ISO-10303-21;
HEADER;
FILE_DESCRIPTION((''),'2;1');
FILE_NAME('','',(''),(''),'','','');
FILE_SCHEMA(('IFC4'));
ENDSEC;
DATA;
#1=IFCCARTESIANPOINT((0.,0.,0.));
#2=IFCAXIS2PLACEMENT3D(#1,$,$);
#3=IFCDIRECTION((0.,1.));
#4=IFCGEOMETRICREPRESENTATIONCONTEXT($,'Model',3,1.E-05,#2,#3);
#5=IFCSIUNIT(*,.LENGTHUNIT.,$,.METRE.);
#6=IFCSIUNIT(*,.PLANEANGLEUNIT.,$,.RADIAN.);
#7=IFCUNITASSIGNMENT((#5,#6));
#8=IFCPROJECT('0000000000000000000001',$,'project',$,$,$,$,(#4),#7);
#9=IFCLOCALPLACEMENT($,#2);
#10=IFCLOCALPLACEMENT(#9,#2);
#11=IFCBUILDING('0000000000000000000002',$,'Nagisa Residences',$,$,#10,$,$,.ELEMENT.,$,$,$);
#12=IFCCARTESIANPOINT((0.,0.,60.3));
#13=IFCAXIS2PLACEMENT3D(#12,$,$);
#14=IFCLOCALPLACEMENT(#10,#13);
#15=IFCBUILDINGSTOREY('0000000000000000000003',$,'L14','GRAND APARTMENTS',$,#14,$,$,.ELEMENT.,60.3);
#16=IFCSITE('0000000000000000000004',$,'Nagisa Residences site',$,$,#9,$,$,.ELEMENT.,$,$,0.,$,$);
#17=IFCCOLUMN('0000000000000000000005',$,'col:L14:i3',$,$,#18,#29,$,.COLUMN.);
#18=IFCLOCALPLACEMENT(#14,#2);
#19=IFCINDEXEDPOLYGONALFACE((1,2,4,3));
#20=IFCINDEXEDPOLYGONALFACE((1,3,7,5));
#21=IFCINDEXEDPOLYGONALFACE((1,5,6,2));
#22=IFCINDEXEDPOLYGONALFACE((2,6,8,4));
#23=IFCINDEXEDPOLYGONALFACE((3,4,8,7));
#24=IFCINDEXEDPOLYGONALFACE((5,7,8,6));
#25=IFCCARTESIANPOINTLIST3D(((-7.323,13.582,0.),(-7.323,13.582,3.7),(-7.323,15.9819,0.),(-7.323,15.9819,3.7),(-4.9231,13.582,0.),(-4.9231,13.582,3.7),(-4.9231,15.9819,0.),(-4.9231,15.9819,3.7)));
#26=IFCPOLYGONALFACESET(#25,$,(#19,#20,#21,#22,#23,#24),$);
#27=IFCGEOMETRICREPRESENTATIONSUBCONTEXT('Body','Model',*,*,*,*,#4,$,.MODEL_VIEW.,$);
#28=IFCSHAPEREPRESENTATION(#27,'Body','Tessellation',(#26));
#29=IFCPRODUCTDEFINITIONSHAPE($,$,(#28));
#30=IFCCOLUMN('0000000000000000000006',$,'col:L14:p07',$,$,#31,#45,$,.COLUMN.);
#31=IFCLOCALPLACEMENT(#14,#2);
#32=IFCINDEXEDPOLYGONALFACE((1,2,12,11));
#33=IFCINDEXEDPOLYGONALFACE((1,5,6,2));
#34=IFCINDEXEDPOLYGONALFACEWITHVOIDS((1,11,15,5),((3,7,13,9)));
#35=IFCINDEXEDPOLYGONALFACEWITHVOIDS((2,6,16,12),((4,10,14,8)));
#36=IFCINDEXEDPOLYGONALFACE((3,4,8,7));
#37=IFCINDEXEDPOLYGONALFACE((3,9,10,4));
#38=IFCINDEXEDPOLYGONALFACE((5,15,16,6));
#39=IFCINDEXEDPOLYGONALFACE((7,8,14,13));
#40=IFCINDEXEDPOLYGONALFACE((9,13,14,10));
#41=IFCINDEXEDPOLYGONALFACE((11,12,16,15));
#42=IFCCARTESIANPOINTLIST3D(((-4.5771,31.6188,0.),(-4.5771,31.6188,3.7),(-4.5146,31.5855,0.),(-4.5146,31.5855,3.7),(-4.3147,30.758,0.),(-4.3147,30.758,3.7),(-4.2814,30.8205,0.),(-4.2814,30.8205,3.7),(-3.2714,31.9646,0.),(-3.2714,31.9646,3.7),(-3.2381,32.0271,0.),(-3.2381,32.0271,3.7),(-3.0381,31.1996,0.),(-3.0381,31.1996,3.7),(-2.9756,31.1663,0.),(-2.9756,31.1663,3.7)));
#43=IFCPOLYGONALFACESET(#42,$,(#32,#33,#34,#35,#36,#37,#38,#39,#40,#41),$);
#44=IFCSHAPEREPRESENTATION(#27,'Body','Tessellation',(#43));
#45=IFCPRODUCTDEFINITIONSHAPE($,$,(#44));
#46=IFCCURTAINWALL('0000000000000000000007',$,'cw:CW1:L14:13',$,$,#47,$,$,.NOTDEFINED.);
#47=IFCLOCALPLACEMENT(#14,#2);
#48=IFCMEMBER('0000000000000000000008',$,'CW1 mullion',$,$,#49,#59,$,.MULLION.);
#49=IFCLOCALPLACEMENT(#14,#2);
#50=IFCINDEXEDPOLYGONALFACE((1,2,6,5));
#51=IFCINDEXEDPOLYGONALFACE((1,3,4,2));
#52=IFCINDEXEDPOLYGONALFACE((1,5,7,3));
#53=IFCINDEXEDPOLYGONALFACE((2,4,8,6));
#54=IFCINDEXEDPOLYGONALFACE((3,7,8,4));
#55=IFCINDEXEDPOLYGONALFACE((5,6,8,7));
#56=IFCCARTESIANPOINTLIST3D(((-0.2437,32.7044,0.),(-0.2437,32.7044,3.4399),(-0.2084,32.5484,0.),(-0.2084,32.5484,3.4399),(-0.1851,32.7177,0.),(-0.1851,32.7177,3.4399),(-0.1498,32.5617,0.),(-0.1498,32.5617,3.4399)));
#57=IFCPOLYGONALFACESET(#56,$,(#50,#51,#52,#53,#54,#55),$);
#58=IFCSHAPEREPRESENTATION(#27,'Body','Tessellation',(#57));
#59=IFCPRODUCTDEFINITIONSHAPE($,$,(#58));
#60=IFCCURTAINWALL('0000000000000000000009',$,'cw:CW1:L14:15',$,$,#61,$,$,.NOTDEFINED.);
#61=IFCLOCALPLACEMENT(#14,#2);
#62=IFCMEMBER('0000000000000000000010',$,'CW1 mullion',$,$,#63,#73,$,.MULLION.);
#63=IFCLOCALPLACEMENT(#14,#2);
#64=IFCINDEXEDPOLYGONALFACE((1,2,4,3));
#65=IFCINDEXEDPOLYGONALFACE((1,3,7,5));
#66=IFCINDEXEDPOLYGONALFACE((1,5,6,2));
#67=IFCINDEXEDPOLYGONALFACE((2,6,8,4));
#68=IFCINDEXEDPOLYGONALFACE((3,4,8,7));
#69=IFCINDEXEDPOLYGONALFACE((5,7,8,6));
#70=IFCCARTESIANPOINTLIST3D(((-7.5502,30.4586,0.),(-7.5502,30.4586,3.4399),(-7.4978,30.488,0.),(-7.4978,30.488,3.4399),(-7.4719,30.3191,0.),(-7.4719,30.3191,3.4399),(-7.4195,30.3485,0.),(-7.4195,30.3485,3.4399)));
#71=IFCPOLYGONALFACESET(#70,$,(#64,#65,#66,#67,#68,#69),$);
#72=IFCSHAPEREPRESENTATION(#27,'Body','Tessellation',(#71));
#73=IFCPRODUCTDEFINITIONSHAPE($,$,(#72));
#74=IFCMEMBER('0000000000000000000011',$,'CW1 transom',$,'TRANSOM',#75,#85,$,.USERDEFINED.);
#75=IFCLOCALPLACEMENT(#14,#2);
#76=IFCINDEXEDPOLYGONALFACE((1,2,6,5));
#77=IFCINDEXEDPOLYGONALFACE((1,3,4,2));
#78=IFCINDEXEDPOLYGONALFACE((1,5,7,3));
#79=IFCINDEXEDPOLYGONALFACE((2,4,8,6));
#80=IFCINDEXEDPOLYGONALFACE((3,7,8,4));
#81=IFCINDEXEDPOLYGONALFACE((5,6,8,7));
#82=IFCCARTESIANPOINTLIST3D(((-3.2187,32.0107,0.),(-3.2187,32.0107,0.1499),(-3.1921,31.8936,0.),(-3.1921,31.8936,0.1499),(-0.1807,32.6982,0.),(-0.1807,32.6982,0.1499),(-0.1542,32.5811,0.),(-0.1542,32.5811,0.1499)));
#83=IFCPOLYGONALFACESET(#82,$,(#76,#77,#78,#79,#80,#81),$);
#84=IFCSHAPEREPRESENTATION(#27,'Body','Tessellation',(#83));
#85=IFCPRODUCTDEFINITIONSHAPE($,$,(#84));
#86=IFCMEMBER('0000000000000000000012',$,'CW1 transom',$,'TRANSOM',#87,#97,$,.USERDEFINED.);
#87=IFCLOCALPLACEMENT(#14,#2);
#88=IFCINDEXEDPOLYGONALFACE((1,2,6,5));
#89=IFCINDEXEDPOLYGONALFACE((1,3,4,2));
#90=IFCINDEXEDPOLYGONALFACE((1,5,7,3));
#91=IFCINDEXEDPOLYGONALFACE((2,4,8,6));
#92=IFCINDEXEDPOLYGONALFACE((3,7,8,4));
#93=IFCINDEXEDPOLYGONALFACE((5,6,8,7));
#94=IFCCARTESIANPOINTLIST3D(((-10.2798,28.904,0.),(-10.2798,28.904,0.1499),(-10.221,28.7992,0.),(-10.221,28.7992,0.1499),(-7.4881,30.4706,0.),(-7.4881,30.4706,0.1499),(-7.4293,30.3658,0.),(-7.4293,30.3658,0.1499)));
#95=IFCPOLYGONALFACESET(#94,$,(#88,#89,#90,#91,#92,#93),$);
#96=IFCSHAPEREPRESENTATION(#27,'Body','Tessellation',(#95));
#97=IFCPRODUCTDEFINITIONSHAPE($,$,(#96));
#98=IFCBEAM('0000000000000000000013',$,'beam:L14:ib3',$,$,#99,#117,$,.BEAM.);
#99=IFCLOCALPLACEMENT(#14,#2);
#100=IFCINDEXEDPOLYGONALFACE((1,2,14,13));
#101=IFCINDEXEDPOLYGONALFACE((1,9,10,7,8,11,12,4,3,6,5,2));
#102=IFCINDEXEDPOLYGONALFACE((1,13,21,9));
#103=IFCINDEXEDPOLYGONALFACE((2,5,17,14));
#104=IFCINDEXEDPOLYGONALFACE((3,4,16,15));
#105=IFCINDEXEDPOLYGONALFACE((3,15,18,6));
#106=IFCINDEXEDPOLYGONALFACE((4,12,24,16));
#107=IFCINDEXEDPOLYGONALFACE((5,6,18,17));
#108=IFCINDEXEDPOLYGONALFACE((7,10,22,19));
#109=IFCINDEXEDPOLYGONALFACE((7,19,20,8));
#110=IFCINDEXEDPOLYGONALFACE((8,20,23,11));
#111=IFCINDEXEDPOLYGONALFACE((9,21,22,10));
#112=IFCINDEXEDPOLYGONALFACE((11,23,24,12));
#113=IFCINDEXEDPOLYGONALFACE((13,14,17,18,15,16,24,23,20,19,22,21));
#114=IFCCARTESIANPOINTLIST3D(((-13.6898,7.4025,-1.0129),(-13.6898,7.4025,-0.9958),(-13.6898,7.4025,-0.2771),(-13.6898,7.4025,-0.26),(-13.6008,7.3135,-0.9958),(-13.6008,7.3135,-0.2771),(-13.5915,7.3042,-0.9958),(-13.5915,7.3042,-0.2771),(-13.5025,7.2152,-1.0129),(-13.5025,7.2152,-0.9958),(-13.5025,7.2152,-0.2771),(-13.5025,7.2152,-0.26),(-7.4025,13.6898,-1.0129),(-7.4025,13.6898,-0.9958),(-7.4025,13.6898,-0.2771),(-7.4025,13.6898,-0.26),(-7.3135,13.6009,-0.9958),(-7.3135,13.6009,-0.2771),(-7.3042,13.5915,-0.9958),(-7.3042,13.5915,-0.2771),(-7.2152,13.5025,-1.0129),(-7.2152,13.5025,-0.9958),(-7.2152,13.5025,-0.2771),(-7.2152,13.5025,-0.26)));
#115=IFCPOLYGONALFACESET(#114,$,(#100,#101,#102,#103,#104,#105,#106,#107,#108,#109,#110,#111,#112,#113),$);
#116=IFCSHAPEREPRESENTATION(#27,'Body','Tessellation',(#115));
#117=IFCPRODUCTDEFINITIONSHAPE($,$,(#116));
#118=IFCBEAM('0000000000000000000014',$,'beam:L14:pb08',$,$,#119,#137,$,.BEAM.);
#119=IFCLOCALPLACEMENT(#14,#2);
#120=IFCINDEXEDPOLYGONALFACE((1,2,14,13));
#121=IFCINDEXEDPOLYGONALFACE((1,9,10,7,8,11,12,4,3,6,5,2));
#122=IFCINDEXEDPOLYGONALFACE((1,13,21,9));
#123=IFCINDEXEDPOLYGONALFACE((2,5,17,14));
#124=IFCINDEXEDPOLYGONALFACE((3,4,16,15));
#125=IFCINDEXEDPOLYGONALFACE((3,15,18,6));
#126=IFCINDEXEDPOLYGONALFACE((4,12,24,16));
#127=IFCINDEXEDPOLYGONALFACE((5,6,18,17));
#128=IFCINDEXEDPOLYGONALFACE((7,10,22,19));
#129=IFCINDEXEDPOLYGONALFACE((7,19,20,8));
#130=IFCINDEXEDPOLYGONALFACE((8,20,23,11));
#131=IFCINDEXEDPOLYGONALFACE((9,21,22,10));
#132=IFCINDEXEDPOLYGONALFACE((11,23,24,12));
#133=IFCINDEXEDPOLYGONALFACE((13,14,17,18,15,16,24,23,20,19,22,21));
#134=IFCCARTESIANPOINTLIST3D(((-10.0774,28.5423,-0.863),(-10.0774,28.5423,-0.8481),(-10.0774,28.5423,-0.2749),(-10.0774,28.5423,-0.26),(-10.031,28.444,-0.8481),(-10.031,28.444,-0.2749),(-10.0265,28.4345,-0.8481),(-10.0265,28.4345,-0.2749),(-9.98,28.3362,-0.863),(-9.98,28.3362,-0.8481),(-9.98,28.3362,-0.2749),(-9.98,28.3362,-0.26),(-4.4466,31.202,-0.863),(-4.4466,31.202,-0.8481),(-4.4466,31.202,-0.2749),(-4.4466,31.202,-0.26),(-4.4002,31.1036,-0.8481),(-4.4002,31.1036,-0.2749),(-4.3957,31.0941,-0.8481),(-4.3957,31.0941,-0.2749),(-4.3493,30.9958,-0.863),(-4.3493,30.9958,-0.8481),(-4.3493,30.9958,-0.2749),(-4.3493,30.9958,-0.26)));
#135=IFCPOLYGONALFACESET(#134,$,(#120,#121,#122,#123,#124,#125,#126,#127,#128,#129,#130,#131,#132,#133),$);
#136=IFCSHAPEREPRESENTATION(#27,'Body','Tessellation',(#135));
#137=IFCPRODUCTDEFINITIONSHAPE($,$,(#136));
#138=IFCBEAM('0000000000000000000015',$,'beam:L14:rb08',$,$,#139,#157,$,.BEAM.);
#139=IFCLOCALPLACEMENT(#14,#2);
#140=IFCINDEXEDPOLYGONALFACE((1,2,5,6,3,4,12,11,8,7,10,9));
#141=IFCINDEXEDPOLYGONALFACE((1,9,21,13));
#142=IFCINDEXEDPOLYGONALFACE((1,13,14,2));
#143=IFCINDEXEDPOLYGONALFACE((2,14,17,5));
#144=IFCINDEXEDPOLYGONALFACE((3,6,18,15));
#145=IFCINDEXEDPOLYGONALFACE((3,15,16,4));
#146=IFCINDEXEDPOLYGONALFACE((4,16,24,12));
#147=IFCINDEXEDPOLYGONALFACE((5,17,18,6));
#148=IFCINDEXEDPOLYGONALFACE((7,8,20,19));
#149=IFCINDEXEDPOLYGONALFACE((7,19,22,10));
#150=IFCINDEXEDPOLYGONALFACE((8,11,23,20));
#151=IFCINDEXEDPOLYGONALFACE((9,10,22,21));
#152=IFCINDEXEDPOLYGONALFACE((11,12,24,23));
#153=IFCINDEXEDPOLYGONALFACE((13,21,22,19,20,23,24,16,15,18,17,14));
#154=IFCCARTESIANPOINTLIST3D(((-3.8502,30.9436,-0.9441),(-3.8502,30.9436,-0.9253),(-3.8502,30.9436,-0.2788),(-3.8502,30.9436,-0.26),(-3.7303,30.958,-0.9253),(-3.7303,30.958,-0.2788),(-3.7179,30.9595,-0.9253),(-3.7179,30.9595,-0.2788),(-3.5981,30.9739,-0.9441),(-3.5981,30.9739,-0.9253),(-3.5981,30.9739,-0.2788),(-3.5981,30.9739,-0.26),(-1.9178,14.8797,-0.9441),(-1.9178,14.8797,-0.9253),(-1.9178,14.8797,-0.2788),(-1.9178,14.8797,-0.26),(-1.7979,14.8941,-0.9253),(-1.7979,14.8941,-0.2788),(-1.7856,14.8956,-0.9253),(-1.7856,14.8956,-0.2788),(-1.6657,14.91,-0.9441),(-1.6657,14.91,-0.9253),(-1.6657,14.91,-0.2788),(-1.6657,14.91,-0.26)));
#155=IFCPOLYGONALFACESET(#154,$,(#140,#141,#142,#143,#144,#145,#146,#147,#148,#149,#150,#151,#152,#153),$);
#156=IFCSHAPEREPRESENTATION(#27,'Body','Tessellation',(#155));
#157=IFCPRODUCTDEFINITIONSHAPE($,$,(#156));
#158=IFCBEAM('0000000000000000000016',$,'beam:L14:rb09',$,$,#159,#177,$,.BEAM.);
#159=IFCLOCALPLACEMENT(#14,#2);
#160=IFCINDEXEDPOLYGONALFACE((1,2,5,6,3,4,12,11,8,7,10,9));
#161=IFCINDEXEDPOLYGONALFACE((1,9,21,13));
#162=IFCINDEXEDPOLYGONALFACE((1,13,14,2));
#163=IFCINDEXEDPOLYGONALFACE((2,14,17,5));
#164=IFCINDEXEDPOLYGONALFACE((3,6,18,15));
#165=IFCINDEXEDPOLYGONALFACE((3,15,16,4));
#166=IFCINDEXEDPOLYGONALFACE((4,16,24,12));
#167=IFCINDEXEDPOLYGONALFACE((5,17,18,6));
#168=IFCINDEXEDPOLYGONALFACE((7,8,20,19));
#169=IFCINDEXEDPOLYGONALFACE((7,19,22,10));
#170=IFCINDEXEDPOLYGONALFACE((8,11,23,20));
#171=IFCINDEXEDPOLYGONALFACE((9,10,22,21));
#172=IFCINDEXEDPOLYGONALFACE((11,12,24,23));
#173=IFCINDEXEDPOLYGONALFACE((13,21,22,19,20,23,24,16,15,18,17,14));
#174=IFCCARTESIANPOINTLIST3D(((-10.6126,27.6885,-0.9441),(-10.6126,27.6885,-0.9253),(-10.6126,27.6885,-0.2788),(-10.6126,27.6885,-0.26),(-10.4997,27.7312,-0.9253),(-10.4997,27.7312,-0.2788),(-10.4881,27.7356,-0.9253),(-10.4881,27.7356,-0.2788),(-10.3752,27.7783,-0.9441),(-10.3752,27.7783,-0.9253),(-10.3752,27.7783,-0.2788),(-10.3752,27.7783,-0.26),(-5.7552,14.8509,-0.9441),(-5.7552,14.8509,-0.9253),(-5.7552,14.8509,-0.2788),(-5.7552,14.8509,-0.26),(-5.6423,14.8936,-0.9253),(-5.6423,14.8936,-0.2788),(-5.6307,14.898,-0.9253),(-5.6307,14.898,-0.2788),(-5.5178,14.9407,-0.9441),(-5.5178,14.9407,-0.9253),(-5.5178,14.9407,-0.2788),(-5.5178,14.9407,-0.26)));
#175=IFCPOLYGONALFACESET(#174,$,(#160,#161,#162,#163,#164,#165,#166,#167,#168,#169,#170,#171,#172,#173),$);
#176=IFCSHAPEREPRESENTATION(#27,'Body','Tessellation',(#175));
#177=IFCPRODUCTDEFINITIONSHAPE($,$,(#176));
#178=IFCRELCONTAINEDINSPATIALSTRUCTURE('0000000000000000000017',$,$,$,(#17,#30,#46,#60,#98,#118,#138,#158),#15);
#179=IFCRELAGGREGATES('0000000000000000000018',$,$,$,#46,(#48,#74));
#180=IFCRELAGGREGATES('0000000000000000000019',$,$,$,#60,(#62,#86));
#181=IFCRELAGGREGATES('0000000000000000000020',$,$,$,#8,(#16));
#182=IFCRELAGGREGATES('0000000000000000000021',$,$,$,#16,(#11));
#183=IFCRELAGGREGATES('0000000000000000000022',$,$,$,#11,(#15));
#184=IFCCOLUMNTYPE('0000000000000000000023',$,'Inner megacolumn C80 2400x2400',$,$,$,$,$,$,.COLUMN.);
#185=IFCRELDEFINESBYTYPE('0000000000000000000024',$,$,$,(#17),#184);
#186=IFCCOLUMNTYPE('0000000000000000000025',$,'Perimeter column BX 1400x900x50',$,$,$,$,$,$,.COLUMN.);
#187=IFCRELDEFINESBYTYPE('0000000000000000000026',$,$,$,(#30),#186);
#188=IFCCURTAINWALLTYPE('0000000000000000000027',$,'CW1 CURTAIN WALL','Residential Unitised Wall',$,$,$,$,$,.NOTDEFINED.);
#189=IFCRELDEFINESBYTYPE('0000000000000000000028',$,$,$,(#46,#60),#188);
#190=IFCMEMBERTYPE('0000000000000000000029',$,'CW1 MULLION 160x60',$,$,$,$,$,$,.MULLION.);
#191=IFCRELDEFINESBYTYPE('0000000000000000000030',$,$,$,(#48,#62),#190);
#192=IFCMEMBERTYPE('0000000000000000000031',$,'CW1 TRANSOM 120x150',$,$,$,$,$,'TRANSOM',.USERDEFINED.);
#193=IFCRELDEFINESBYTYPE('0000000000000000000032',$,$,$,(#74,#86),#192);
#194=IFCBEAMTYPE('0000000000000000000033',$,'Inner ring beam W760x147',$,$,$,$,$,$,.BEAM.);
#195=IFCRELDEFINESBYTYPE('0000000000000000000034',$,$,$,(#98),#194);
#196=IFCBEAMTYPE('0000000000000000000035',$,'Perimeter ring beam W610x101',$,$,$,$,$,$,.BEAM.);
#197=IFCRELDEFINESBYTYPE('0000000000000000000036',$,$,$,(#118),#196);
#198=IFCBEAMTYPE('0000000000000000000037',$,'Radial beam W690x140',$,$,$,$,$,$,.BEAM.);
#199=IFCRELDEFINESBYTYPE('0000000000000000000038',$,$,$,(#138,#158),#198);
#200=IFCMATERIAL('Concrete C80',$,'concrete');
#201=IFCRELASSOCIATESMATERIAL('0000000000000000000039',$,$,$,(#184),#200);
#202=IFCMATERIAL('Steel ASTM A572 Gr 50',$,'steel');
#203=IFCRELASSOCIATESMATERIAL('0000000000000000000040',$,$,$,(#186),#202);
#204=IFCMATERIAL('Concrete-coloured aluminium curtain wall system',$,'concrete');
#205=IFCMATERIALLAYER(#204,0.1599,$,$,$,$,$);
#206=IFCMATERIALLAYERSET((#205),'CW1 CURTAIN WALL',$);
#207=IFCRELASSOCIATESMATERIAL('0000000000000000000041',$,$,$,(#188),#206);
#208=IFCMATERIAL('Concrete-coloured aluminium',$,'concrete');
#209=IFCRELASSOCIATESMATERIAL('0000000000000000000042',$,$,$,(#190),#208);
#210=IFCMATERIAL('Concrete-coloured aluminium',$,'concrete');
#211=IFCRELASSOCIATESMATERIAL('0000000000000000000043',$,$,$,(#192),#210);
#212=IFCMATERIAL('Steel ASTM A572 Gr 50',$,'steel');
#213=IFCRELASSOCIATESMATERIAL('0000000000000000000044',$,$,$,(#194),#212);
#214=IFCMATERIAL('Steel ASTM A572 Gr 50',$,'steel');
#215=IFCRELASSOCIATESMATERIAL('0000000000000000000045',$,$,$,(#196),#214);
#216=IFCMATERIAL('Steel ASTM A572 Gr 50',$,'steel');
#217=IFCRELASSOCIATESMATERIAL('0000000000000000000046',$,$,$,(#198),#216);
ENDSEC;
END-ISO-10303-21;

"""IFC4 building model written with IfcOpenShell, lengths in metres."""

from ifc_helpers import new_model, si_unit, direction, frame, origin, origin_2d, place, context, subcontext, project, spatial, rectangle, hollow_rectangle, i_section, extrude, material, layer, layer_set, material_profile, profile_set, type_object, element, aggregate, save


model = new_model("IFC4")

# Units and contexts
model_context = context("Model", 3, precision=1e-05, world=origin(), true_north=direction((0.0, 1.0)))
body_context = subcontext(model_context, "Body", "Model", "MODEL_VIEW")
ifc_project = project(units=[si_unit("LENGTHUNIT", "METRE"), si_unit("PLANEANGLEUNIT", "RADIAN")], contexts=[model_context])

# Site, building, storey
site_placement = place(None, origin())
site = spatial("IfcSite", under=ifc_project, at=site_placement, Name="Nagisa Residences site", CompositionType="ELEMENT", RefElevation=0.0)
building_placement = place(site_placement, origin())
building = spatial("IfcBuilding", under=site, at=building_placement, Name="Nagisa Residences", CompositionType="ELEMENT")
storey_placement = place(building_placement, frame((0.0, 0.0, 60.3)))
storey = spatial("IfcBuildingStorey", under=building, at=storey_placement, Name="L14", Description="GRAND APARTMENTS", CompositionType="ELEMENT", Elevation=60.3)

# Columns
ifc_material_1 = material(Name="Concrete C80", Category="concrete")
ifc_material_profile_1 = material_profile(ifc_material_1, rectangle(XDim=2.3999, YDim=2.3999, at=origin_2d()), Name="C80 2400x2400")
ifc_profile_set_1 = profile_set([ifc_material_profile_1], Name="Concrete C80")
column_type_1 = type_object("IfcColumnType", Name="Inner megacolumn C80 2400x2400", PredefinedType="COLUMN", material=ifc_profile_set_1)
column_1_placement = place(storey_placement, frame((-6.123, 14.782, 0.0), z_axis=(0.0, 0.0, 1.0), x_axis=(1.0, 0.0, 0.0)))
element("IfcColumn", 1, at=column_1_placement, inside=storey, type_object=column_type_1, Name="col:L14:i3", PredefinedType="COLUMN", context=body_context, shape_type="SweptSolid", body=[
    extrude(rectangle(XDim=2.3999, YDim=2.3999, at=origin_2d()), origin(), (0.0, 0.0, 1.0), 3.7),
])
ifc_material_2 = material(Name="Steel ASTM A572 Gr 50", Category="steel")
ifc_material_profile_2 = material_profile(ifc_material_2, hollow_rectangle(XDim=1.3999, YDim=0.8999, WallThickness=0.05, at=origin_2d()), Name="BX 1400x900x50")
ifc_profile_set_2 = profile_set([ifc_material_profile_2], Name="Steel ASTM A572 Gr 50")
column_type_2 = type_object("IfcColumnType", Name="Perimeter column BX 1400x900x50", PredefinedType="COLUMN", material=ifc_profile_set_2)
column_2_placement = place(storey_placement, frame((-3.7764, 31.3926, 0.0), z_axis=(0.0, 0.0, 1.0), x_axis=(-0.956525, -0.291652, 0.0)))
element("IfcColumn", 2, at=column_2_placement, inside=storey, type_object=column_type_2, Name="col:L14:p07", PredefinedType="COLUMN", context=body_context, shape_type="SweptSolid", body=[
    extrude(hollow_rectangle(XDim=1.3999, YDim=0.8999, WallThickness=0.05, at=origin_2d()), origin(), (0.0, 0.0, 1.0), 3.7),
])

# Curtain walls, members
ifc_material_3 = material(Name="Concrete-coloured aluminium curtain wall system", Category="concrete")
ifc_layer_1 = layer(ifc_material_3, 0.1599)
ifc_layer_set_1 = layer_set([ifc_layer_1], Name="CW1 CURTAIN WALL")
curtain_wall_type = type_object("IfcCurtainWallType", Name="CW1 CURTAIN WALL", Description="Residential Unitised Wall", PredefinedType="NOTDEFINED", material=ifc_layer_set_1)
curtain_wall_1_placement = place(storey_placement, origin())
curtain_wall_1 = element("IfcCurtainWall", 3, at=curtain_wall_1_placement, inside=storey, type_object=curtain_wall_type, Name="cw:CW1:L14:13", PredefinedType="NOTDEFINED")
ifc_material_4 = material(Name="Concrete-coloured aluminium", Category="concrete")
ifc_material_profile_3 = material_profile(ifc_material_4, rectangle(XDim=0.1599, YDim=0.0601, at=origin_2d()), Name="CW1 MULLION 160x60")
ifc_profile_set_3 = profile_set([ifc_material_profile_3], Name="Concrete-coloured aluminium")
member_type_1 = type_object("IfcMemberType", Name="CW1 MULLION 160x60", PredefinedType="MULLION", material=ifc_profile_set_3)
member_1_placement = place(storey_placement, frame((-0.1968, 32.6331, 0.0), z_axis=(0.0, 0.0, 1.0), x_axis=(0.220764, -0.975327, 0.0)))
member_1 = element("IfcMember", 4, at=member_1_placement, type_object=member_type_1, Name="CW1 mullion", PredefinedType="MULLION", context=body_context, shape_type="SweptSolid", body=[
    extrude(rectangle(XDim=0.1599, YDim=0.0601, at=origin_2d()), origin(), (0.0, 0.0, 1.0), 3.4399),
])
curtain_wall_2_placement = place(storey_placement, origin())
curtain_wall_2 = element("IfcCurtainWall", 5, at=curtain_wall_2_placement, inside=storey, type_object=curtain_wall_type, Name="cw:CW1:L14:15", PredefinedType="NOTDEFINED")
member_2_placement = place(storey_placement, frame((-7.4849, 30.4036, 0.0), z_axis=(0.0, 0.0, 1.0), x_axis=(0.489377, -0.872072, 0.0)))
member_2 = element("IfcMember", 6, at=member_2_placement, type_object=member_type_1, Name="CW1 mullion", PredefinedType="MULLION", context=body_context, shape_type="SweptSolid", body=[
    extrude(rectangle(XDim=0.1599, YDim=0.0601, at=origin_2d()), origin(), (0.0, 0.0, 1.0), 3.4399),
])

# Members
ifc_material_5 = material(Name="Concrete-coloured aluminium", Category="concrete")
ifc_material_profile_4 = material_profile(ifc_material_5, rectangle(XDim=0.1201, YDim=0.1499, at=origin_2d()), Name="CW1 TRANSOM 120x150")
ifc_profile_set_4 = profile_set([ifc_material_profile_4], Name="Concrete-coloured aluminium")
member_type_2 = type_object("IfcMemberType", Name="CW1 TRANSOM 120x150", ElementType="TRANSOM", PredefinedType="USERDEFINED", material=ifc_profile_set_4)
member_3_placement = place(storey_placement, frame((-0.1675, 32.6396, 0.075), z_axis=(-0.975335, -0.22073, 0.0), x_axis=(0.22073, -0.975335, 0.0)))
member_3 = element("IfcMember", 7, at=member_3_placement, type_object=member_type_2, Name="CW1 transom", ObjectType="TRANSOM", PredefinedType="USERDEFINED", context=body_context, shape_type="SweptSolid", body=[
    extrude(rectangle(XDim=0.1201, YDim=0.1499, at=origin_2d()), origin(), (0.0, 0.0, 1.0), 3.1147),
])
member_4_placement = place(storey_placement, frame((-7.4587, 30.4182, 0.075), z_axis=(-0.87207, -0.489381, 0.0), x_axis=(0.489381, -0.87207, 0.0)))
member_4 = element("IfcMember", 8, at=member_4_placement, type_object=member_type_2, Name="CW1 transom", ObjectType="TRANSOM", PredefinedType="USERDEFINED", context=body_context, shape_type="SweptSolid", body=[
    extrude(rectangle(XDim=0.1201, YDim=0.1499, at=origin_2d()), origin(), (0.0, 0.0, 1.0), 3.2012),
])

# Beams
ifc_material_6 = material(Name="Steel ASTM A572 Gr 50", Category="steel")
ifc_material_profile_5 = material_profile(ifc_material_6, i_section(OverallWidth=0.2649, OverallDepth=0.7529, WebThickness=0.0132, FlangeThickness=0.0171, at=origin_2d()), Name="W760x147")
ifc_profile_set_5 = profile_set([ifc_material_profile_5], Name="Steel ASTM A572 Gr 50")
beam_type_1 = type_object("IfcBeamType", Name="Inner ring beam W760x147", PredefinedType="BEAM", material=ifc_profile_set_5)
beam_1_placement = place(storey_placement, frame((-7.3088, 13.5962, -0.6365), z_axis=(-0.707107, -0.707107, 0.0), x_axis=(0.707107, -0.707107, 0.0)))
element("IfcBeam", 9, at=beam_1_placement, inside=storey, type_object=beam_type_1, Name="beam:L14:ib3", PredefinedType="BEAM", context=body_context, shape_type="SweptSolid", body=[
    extrude(i_section(OverallWidth=0.2649, OverallDepth=0.7529, WebThickness=0.0132, FlangeThickness=0.0171, at=origin_2d()), origin(), (0.0, 0.0, 1.0), 8.8916),
])
ifc_material_7 = material(Name="Steel ASTM A572 Gr 50", Category="steel")
ifc_material_profile_6 = material_profile(ifc_material_7, i_section(OverallWidth=0.228, OverallDepth=0.603, WebThickness=0.0105, FlangeThickness=0.0149, at=origin_2d()), Name="W610x101")
ifc_profile_set_6 = profile_set([ifc_material_profile_6], Name="Steel ASTM A572 Gr 50")
beam_type_2 = type_object("IfcBeamType", Name="Perimeter ring beam W610x101", PredefinedType="BEAM", material=ifc_profile_set_6)
beam_2_placement = place(storey_placement, frame((-4.3979, 31.0989, -0.5615), z_axis=(-0.904208, -0.427092, 0.0), x_axis=(0.427092, -0.904208, 0.0)))
element("IfcBeam", 10, at=beam_2_placement, inside=storey, type_object=beam_type_2, Name="beam:L14:pb08", PredefinedType="BEAM", context=body_context, shape_type="SweptSolid", body=[
    extrude(i_section(OverallWidth=0.228, OverallDepth=0.603, WebThickness=0.0105, FlangeThickness=0.0149, at=origin_2d()), origin(), (0.0, 0.0, 1.0), 6.2273),
])
ifc_material_8 = material(Name="Steel ASTM A572 Gr 50", Category="steel")
ifc_material_profile_7 = material_profile(ifc_material_8, i_section(OverallWidth=0.2539, OverallDepth=0.6841, WebThickness=0.0125, FlangeThickness=0.0188, at=origin_2d()), Name="W690x140")
ifc_profile_set_7 = profile_set([ifc_material_profile_7], Name="Steel ASTM A572 Gr 50")
beam_type_3 = type_object("IfcBeamType", Name="Radial beam W690x140", PredefinedType="BEAM", material=ifc_profile_set_7)
beam_3_placement = place(storey_placement, frame((-3.7241, 30.9587, -0.6021), z_axis=(0.119431, -0.992842, 0.0), x_axis=(0.992842, 0.119431, 0.0)))
element("IfcBeam", 11, at=beam_3_placement, inside=storey, type_object=beam_type_3, Name="beam:L14:rb08", PredefinedType="BEAM", context=body_context, shape_type="SweptSolid", body=[
    extrude(i_section(OverallWidth=0.2539, OverallDepth=0.6841, WebThickness=0.0125, FlangeThickness=0.0188, at=origin_2d()), origin(), (0.0, 0.0, 1.0), 16.1797),
])
beam_4_placement = place(storey_placement, frame((-10.4939, 27.7334, -0.6021), z_axis=(0.353888, -0.935288, 0.0), x_axis=(0.935288, 0.353888, 0.0)))
element("IfcBeam", 12, at=beam_4_placement, inside=storey, type_object=beam_type_3, Name="beam:L14:rb09", PredefinedType="BEAM", context=body_context, shape_type="SweptSolid", body=[
    extrude(i_section(OverallWidth=0.2539, OverallDepth=0.6841, WebThickness=0.0125, FlangeThickness=0.0188, at=origin_2d()), origin(), (0.0, 0.0, 1.0), 13.7258),
])

aggregate(curtain_wall_1, [member_1, member_3])
aggregate(curtain_wall_2, [member_2, member_4])

save(model, "model.ifc")
